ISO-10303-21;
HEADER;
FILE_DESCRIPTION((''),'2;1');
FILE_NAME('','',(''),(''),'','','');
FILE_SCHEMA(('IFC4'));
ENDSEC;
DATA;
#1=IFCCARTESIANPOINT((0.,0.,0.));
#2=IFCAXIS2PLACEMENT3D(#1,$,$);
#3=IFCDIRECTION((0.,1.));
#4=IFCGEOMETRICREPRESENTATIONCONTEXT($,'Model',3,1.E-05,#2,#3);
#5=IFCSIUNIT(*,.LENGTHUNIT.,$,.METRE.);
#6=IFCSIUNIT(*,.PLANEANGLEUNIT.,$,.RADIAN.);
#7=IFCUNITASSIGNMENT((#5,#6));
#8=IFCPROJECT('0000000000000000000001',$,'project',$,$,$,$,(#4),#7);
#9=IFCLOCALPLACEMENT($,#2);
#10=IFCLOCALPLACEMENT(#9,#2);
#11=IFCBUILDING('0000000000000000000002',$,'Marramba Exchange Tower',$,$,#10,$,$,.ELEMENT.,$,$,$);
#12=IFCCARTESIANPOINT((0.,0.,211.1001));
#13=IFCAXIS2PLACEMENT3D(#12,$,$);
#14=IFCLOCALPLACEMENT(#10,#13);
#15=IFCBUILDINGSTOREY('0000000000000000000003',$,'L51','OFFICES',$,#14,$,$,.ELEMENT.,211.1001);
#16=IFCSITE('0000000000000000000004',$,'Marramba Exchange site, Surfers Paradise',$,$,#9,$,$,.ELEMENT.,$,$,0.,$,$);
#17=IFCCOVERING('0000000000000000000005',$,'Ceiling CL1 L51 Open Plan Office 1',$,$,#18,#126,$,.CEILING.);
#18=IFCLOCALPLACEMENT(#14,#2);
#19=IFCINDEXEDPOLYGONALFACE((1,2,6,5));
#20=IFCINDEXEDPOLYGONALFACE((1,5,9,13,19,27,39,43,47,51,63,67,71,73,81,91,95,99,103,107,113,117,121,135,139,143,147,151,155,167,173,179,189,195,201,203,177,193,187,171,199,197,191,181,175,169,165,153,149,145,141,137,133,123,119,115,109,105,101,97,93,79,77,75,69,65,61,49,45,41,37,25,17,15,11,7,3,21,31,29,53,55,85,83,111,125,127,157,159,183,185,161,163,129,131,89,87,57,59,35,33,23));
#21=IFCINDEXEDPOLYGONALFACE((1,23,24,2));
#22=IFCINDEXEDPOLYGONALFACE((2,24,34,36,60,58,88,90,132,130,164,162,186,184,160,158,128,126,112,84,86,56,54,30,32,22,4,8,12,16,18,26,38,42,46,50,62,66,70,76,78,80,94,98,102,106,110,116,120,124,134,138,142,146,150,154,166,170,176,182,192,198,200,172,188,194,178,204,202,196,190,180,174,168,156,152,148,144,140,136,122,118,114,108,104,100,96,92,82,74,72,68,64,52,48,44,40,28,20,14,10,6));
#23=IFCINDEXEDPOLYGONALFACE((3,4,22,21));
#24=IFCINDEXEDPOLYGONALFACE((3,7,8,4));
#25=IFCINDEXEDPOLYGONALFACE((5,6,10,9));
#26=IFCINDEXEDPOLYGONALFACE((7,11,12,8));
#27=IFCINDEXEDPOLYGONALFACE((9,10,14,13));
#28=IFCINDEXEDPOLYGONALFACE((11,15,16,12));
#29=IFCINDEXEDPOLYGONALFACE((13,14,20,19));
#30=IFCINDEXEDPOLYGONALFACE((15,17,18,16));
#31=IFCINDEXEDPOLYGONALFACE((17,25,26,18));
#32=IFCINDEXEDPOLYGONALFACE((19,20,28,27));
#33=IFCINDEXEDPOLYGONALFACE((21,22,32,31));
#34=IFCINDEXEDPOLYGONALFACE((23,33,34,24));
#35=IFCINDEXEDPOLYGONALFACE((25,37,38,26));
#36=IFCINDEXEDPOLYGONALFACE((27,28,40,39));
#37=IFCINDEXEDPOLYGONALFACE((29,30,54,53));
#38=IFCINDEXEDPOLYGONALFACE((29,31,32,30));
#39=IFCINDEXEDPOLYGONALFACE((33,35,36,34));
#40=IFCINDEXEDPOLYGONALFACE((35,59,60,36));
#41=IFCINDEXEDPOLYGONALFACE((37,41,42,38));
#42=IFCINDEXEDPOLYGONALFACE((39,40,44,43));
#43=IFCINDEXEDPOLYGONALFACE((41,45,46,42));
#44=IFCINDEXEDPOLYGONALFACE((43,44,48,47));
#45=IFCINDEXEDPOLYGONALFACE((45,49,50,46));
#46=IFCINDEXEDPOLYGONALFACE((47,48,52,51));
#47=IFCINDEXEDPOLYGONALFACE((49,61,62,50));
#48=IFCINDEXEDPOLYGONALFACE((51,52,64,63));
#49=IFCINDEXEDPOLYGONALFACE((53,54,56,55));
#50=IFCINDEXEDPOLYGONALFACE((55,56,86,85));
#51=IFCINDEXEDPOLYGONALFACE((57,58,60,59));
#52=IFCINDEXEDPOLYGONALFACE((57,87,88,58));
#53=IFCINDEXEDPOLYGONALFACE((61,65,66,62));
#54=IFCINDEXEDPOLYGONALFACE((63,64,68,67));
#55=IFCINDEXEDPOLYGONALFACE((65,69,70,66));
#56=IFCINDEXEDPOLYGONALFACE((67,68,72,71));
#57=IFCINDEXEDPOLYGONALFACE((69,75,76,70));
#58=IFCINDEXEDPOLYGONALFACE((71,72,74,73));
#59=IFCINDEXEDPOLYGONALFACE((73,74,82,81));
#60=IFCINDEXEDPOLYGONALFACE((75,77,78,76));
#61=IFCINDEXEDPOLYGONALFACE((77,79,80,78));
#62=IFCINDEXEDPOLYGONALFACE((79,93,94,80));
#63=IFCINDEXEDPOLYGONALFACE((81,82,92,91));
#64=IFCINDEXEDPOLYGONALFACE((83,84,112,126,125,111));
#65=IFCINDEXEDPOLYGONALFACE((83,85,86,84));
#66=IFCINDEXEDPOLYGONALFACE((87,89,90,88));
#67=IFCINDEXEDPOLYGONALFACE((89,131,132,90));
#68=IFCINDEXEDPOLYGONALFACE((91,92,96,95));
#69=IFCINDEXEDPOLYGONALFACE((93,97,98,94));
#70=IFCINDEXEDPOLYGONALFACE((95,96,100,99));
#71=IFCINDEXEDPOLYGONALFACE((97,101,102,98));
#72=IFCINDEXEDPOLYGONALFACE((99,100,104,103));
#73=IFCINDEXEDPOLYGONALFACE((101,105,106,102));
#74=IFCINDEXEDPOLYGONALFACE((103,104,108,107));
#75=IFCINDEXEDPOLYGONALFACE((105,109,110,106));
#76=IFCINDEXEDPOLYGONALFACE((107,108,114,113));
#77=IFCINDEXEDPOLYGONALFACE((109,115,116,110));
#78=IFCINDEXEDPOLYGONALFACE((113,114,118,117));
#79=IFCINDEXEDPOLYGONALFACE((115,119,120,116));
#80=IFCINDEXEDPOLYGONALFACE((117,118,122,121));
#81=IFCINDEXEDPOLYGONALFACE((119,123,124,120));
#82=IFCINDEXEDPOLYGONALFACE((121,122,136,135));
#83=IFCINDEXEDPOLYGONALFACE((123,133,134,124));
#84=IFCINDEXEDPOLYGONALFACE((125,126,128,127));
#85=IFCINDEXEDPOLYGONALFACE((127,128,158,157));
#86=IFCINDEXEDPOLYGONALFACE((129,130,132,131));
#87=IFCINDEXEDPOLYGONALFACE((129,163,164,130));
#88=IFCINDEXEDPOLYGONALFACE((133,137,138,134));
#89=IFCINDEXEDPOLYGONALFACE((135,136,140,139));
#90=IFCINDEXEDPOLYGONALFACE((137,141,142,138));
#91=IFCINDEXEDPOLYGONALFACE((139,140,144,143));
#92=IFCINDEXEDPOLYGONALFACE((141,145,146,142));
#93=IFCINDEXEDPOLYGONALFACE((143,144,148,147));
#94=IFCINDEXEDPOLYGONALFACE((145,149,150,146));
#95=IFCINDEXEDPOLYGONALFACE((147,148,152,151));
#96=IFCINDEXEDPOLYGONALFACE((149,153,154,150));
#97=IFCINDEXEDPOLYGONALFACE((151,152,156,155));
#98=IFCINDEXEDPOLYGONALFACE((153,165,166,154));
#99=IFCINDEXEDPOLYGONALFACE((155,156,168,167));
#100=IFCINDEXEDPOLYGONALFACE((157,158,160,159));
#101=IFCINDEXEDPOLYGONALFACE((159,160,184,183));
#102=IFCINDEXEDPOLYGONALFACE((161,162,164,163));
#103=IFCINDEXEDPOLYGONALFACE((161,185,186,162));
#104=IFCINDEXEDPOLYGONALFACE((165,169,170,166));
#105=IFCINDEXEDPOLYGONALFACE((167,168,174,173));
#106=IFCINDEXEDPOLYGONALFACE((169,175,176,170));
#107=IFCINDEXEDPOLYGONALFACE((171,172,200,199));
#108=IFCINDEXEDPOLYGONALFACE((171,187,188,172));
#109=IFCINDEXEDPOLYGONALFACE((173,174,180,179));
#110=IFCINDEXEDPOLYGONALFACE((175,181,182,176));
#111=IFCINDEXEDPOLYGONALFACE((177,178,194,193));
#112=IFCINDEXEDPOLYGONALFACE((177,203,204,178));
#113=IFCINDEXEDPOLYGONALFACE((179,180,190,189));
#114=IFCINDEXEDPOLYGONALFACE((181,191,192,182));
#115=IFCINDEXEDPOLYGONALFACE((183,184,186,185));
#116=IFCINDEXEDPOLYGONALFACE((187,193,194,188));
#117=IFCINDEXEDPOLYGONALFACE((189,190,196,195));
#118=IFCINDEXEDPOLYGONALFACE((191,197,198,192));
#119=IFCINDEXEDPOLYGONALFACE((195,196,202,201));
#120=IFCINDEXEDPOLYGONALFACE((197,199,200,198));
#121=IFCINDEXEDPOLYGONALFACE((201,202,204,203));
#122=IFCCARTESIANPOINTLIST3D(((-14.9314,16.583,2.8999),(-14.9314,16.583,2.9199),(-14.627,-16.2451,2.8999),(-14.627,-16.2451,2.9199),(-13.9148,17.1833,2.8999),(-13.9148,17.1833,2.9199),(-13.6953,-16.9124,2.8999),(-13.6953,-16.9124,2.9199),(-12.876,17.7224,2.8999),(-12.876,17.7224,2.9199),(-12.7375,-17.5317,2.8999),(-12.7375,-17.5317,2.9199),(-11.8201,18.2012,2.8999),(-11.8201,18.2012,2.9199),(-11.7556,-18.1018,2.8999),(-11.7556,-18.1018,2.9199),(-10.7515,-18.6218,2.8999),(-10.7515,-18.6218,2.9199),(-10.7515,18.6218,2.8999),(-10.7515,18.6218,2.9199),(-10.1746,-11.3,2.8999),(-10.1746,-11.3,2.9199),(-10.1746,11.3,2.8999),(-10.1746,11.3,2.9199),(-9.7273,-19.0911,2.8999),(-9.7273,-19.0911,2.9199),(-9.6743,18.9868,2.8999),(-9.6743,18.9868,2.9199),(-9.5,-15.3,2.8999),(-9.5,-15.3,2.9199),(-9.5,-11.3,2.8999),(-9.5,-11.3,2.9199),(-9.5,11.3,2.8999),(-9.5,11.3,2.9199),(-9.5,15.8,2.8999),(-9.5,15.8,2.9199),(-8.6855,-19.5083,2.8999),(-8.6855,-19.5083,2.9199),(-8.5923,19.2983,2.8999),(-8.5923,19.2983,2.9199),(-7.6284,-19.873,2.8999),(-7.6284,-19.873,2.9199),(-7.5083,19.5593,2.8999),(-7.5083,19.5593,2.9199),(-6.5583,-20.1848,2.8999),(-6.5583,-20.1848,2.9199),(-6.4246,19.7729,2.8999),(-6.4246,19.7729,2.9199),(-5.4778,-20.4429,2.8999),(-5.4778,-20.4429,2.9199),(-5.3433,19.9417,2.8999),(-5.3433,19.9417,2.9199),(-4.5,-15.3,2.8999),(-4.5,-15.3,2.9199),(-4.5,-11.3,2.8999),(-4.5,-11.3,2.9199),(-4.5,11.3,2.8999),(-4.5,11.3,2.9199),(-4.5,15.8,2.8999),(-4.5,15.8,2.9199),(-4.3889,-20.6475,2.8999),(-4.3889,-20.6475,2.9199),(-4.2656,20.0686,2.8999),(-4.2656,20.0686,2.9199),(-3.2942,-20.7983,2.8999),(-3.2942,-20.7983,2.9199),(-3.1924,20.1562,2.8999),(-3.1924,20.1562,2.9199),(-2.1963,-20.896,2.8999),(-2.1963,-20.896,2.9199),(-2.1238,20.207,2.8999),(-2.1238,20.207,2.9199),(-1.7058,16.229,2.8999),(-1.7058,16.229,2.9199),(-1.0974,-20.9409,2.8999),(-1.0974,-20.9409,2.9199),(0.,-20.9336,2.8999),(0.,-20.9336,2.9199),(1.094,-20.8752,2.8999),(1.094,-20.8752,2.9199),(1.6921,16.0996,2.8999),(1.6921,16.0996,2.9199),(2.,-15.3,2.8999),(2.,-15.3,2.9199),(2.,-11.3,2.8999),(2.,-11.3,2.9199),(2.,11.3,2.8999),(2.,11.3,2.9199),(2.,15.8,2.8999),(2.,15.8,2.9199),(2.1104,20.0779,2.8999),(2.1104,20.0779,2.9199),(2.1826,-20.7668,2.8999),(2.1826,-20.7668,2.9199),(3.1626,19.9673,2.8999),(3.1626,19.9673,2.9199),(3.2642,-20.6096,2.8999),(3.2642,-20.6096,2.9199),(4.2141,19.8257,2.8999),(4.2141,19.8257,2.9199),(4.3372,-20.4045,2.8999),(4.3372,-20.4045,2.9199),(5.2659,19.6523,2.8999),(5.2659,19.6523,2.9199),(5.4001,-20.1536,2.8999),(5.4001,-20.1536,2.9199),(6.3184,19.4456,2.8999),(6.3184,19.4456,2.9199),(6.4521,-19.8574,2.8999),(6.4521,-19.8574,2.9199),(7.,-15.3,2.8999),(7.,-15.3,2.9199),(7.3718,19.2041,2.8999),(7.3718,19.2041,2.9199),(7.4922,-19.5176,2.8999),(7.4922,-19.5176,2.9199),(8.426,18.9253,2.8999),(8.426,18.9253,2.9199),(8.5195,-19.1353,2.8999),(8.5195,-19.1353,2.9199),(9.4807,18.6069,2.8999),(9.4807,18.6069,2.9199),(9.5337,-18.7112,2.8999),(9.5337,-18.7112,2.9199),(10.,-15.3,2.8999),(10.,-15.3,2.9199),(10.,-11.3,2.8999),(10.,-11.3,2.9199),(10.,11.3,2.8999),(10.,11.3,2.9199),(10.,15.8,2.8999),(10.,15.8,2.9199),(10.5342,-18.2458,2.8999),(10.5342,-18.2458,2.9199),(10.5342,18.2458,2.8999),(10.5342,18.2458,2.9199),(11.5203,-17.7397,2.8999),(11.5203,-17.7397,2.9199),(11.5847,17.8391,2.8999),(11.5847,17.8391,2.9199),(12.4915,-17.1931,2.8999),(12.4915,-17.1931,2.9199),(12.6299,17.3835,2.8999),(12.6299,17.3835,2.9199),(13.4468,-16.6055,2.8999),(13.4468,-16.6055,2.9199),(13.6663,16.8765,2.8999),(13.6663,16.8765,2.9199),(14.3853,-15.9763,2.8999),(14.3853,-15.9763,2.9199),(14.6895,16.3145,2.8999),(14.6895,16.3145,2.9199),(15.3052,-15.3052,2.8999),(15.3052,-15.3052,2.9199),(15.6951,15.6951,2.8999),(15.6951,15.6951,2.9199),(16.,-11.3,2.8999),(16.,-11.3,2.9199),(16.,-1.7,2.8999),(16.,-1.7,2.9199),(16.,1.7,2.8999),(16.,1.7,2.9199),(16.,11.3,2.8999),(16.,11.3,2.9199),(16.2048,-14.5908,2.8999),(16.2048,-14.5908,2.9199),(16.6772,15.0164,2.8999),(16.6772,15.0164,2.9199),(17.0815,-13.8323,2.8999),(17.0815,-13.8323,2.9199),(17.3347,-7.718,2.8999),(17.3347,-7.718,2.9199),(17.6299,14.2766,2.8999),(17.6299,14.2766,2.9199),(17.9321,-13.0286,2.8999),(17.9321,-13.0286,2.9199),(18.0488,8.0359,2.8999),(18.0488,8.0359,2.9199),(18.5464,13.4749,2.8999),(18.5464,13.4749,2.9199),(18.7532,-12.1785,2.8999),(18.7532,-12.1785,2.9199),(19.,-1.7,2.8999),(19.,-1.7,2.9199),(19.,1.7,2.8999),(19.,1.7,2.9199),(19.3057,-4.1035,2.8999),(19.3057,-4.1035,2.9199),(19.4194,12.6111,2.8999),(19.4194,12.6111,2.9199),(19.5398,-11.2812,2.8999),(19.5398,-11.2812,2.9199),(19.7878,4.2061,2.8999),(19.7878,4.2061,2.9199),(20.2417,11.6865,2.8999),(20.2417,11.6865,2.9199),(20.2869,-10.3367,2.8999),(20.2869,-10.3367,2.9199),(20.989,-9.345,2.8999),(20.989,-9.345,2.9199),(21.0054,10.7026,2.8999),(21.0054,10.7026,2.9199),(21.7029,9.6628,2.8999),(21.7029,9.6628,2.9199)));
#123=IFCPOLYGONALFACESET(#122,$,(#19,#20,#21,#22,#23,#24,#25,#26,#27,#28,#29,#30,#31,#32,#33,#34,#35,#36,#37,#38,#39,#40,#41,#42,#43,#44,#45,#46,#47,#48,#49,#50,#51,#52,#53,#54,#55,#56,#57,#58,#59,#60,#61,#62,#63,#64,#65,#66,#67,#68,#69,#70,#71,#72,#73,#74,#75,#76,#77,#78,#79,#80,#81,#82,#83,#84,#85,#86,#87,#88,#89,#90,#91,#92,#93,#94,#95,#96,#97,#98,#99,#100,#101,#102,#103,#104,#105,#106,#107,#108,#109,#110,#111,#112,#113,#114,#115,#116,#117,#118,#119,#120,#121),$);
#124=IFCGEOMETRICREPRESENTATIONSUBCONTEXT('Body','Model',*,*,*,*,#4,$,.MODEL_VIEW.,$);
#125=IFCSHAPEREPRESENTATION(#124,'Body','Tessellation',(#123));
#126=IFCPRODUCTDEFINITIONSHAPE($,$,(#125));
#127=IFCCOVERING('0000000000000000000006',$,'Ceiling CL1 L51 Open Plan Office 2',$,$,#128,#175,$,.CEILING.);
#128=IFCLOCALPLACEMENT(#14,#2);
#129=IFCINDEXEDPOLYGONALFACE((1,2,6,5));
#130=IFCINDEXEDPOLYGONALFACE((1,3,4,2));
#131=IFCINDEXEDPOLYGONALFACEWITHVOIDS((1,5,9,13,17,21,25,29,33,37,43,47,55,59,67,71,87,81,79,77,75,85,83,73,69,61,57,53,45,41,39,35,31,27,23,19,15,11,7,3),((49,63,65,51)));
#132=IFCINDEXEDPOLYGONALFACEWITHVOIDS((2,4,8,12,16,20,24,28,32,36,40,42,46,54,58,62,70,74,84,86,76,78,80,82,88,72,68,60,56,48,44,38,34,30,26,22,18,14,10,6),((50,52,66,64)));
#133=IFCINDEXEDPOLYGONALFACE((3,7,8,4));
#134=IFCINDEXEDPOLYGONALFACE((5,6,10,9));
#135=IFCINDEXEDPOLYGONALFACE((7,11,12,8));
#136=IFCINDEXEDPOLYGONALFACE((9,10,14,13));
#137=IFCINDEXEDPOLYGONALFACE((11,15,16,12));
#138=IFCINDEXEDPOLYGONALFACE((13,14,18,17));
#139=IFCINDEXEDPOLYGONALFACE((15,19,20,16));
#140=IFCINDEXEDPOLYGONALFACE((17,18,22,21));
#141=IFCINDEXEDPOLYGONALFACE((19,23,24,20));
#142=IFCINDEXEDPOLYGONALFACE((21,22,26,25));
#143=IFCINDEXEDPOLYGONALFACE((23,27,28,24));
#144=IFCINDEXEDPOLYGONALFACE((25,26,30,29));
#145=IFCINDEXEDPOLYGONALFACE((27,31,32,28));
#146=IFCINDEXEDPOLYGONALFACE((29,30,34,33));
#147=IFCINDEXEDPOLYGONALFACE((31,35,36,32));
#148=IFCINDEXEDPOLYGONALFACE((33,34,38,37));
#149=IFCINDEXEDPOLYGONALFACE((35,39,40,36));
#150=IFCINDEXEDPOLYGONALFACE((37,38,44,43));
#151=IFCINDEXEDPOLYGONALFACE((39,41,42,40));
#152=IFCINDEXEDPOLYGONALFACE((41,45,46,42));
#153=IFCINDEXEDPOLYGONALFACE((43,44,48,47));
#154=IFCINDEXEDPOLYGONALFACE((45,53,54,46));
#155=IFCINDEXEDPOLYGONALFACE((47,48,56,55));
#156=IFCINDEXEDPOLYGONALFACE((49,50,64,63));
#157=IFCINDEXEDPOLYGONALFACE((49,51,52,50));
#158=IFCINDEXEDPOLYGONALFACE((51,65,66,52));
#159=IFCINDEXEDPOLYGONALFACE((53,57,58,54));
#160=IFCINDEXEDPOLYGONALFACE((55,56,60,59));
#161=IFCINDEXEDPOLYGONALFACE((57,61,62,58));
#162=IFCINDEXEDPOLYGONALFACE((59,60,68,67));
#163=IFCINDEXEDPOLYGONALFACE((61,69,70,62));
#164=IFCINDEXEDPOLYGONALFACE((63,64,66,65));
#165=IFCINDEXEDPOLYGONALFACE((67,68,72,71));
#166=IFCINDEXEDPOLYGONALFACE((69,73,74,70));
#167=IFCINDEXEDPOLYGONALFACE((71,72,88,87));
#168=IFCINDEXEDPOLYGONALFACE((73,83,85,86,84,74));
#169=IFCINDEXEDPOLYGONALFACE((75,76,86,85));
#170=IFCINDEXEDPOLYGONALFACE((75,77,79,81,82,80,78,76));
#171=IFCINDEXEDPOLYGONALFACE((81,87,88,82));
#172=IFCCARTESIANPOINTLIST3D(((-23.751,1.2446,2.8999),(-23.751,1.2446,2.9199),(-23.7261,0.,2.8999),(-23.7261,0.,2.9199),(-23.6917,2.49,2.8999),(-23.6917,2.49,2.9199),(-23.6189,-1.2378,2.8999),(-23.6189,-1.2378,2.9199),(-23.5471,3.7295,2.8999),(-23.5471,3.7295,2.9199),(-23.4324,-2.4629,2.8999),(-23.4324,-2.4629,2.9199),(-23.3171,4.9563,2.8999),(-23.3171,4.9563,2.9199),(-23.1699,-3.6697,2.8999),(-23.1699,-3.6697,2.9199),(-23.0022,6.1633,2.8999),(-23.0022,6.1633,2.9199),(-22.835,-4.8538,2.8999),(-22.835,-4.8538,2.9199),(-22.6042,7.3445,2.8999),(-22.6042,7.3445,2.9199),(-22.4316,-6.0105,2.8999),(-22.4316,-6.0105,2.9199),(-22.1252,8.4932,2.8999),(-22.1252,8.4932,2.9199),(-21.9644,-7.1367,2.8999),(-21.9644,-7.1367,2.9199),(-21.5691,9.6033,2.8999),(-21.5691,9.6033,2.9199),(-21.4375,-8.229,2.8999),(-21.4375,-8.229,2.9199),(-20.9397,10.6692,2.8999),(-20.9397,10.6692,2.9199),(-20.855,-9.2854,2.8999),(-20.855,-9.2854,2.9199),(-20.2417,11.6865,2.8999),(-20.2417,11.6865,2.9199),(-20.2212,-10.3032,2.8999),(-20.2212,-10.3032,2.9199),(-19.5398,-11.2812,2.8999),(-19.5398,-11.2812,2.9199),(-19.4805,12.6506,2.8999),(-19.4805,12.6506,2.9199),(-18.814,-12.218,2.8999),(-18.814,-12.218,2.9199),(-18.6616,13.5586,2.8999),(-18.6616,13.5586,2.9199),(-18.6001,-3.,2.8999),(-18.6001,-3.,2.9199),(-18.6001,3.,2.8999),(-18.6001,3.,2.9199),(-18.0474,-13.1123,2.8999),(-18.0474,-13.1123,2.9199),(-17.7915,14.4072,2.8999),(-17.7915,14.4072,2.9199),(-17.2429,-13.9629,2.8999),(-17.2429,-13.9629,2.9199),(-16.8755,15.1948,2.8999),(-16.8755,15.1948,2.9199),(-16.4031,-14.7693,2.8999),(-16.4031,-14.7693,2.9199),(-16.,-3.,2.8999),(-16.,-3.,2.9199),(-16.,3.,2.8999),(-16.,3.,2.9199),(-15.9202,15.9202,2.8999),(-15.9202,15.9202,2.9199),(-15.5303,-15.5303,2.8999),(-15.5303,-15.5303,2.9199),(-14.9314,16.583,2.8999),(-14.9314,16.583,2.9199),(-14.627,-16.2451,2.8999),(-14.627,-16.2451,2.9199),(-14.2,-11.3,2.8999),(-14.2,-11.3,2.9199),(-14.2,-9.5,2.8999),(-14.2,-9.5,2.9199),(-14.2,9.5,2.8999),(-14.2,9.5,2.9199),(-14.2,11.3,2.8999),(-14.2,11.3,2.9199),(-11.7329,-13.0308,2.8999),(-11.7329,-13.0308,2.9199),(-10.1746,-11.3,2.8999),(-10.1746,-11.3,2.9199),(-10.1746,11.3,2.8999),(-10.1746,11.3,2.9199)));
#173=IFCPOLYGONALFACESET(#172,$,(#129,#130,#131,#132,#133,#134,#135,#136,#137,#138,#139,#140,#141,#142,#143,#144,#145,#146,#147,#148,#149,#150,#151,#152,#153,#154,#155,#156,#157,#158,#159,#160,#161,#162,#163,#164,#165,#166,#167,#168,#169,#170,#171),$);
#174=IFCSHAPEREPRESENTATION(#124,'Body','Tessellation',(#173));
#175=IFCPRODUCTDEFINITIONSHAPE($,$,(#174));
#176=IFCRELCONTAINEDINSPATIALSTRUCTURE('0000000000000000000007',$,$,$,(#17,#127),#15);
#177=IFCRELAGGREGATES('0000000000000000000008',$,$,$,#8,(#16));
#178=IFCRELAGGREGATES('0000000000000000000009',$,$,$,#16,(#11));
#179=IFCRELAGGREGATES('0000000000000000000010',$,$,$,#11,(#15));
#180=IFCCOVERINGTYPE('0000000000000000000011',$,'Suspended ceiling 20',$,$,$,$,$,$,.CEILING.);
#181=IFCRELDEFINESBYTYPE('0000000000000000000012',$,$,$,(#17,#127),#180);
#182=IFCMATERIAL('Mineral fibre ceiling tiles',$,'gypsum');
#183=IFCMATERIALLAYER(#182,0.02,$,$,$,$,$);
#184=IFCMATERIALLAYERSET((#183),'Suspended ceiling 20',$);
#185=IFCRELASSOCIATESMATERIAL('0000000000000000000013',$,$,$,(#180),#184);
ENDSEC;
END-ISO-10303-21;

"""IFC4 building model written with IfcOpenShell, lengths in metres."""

from ifc_helpers import new_model, si_unit, direction, frame, origin, place, context, subcontext, project, spatial, polyline, outline, extrude, material, layer, layer_set, type_object, element, save


model = new_model("IFC4")

# Units and contexts
model_context = context("Model", 3, precision=1e-05, world=origin(), true_north=direction((0.0, 1.0)))
body_context = subcontext(model_context, "Body", "Model", "MODEL_VIEW")
ifc_project = project(units=[si_unit("LENGTHUNIT", "METRE"), si_unit("PLANEANGLEUNIT", "RADIAN")], contexts=[model_context])

# Site, building, storey
site_placement = place(None, origin())
site = spatial("IfcSite", under=ifc_project, at=site_placement, Name="Marramba Exchange site, Surfers Paradise", CompositionType="ELEMENT", RefElevation=0.0)
building_placement = place(site_placement, origin())
building = spatial("IfcBuilding", under=site, at=building_placement, Name="Marramba Exchange Tower", CompositionType="ELEMENT")
storey_placement = place(building_placement, frame((0.0, 0.0, 211.1001)))
storey = spatial("IfcBuildingStorey", under=building, at=storey_placement, Name="L51", Description="OFFICES", CompositionType="ELEMENT", Elevation=211.1001)

# Coverings
ifc_material_1 = material(Name="Mineral fibre ceiling tiles", Category="gypsum")
ifc_layer_1 = layer(ifc_material_1, 0.02)
ifc_layer_set_1 = layer_set([ifc_layer_1], Name="Suspended ceiling 20")
covering_type = type_object("IfcCoveringType", Name="Suspended ceiling 20", PredefinedType="CEILING", material=ifc_layer_set_1)
covering_1_placement = place(storey_placement, frame((0.0, 0.0, 2.8999)))
element("IfcCovering", 1, at=covering_1_placement, inside=storey, type_object=covering_type, Name="Ceiling CL1 L51 Open Plan Office 1", PredefinedType="CEILING", context=body_context, shape_type="SweptSolid", body=[
    extrude(outline(polyline([(16.0, -1.7), (19.0, -1.7), (19.0, 1.7), (16.0, 1.7), (16.0, 11.3), (10.0, 11.3), (10.0, 15.8), (2.0, 15.8), (2.0, 11.3), (-4.5, 11.3), (-4.5, 15.8), (-9.5, 15.8), (-9.5, 11.3), (-10.1746, 11.3), (-14.9314, 16.583), (-13.9148, 17.1833), (-12.876, 17.7224), (-11.8201, 18.2012), (-10.7515, 18.6218), (-9.6743, 18.9868), (-8.5923, 19.2983), (-7.5083, 19.5593), (-6.4246, 19.7729), (-5.3433, 19.9417), (-4.2656, 20.0686), (-3.1924, 20.1562), (-2.1238, 20.207), (-1.7058, 16.229), (1.6921, 16.0996), (2.1104, 20.0779), (3.1626, 19.9673), (4.2141, 19.8257), (5.2659, 19.6523), (6.3184, 19.4456), (7.3718, 19.2041), (8.426, 18.9253), (9.4807, 18.6069), (10.5342, 18.2458), (11.5847, 17.8391), (12.6299, 17.3835), (13.6663, 16.8765), (14.6895, 16.3145), (15.6951, 15.6951), (16.6772, 15.0164), (17.6299, 14.2766), (18.5464, 13.4749), (19.4194, 12.6111), (20.2417, 11.6865), (21.0054, 10.7026), (21.7029, 9.6628), (18.0488, 8.0359), (19.7878, 4.2061), (19.3057, -4.1035), (17.3347, -7.718), (20.989, -9.345), (20.2869, -10.3367), (19.5398, -11.2812), (18.7532, -12.1785), (17.9321, -13.0286), (17.0815, -13.8323), (16.2048, -14.5908), (15.3052, -15.3052), (14.3853, -15.9763), (13.4468, -16.6055), (12.4915, -17.1931), (11.5203, -17.7397), (10.5342, -18.2458), (9.5337, -18.7112), (8.5195, -19.1353), (7.4922, -19.5176), (6.4521, -19.8574), (5.4001, -20.1536), (4.3372, -20.4045), (3.2642, -20.6096), (2.1826, -20.7668), (1.094, -20.8752), (0.0, -20.9336), (-1.0974, -20.9409), (-2.1963, -20.896), (-3.2942, -20.7983), (-4.3889, -20.6475), (-5.4778, -20.4429), (-6.5583, -20.1848), (-7.6284, -19.873), (-8.6855, -19.5083), (-9.7273, -19.0911), (-10.7515, -18.6218), (-11.7556, -18.1018), (-12.7375, -17.5317), (-13.6953, -16.9124), (-14.627, -16.2451), (-10.1746, -11.3), (-9.5, -11.3), (-9.5, -15.3), (-4.5, -15.3), (-4.5, -11.3), (2.0, -11.3), (2.0, -15.3), (7.0, -15.3), (10.0, -15.3), (10.0, -11.3), (16.0, -11.3), (16.0, -1.7)])), origin(), (0.0, 0.0, 1.0), 0.02),
])
covering_2_placement = place(storey_placement, frame((0.0, 0.0, 2.8999)))
element("IfcCovering", 2, at=covering_2_placement, inside=storey, type_object=covering_type, Name="Ceiling CL1 L51 Open Plan Office 2", PredefinedType="CEILING", context=body_context, shape_type="SweptSolid", body=[
    extrude(outline(polyline([(-16.4031, -14.7693), (-17.2429, -13.9629), (-18.0474, -13.1123), (-18.814, -12.218), (-19.5398, -11.2812), (-20.2212, -10.3032), (-20.855, -9.2854), (-21.4375, -8.229), (-21.9644, -7.1367), (-22.4316, -6.0105), (-22.835, -4.8538), (-23.1699, -3.6697), (-23.4324, -2.4629), (-23.6189, -1.2378), (-23.7261, 0.0), (-23.751, 1.2446), (-23.6917, 2.49), (-23.5471, 3.7295), (-23.3171, 4.9563), (-23.0022, 6.1633), (-22.6042, 7.3445), (-22.1252, 8.4932), (-21.5691, 9.6033), (-20.9397, 10.6692), (-20.2417, 11.6865), (-19.4805, 12.6506), (-18.6616, 13.5586), (-17.7915, 14.4072), (-16.8755, 15.1948), (-15.9202, 15.9202), (-14.9314, 16.583), (-10.1746, 11.3), (-14.2, 11.3), (-14.2, 9.5), (-14.2, -9.5), (-14.2, -11.3), (-10.1746, -11.3), (-11.7329, -13.0308), (-14.627, -16.2451), (-15.5303, -15.5303), (-16.4031, -14.7693)]), holes=[polyline([(-16.0, 3.0), (-18.6001, 3.0), (-18.6001, -3.0), (-16.0, -3.0), (-16.0, 3.0)])]), origin(), (0.0, 0.0, 1.0), 0.02),
])

save(model, "model.ifc")
